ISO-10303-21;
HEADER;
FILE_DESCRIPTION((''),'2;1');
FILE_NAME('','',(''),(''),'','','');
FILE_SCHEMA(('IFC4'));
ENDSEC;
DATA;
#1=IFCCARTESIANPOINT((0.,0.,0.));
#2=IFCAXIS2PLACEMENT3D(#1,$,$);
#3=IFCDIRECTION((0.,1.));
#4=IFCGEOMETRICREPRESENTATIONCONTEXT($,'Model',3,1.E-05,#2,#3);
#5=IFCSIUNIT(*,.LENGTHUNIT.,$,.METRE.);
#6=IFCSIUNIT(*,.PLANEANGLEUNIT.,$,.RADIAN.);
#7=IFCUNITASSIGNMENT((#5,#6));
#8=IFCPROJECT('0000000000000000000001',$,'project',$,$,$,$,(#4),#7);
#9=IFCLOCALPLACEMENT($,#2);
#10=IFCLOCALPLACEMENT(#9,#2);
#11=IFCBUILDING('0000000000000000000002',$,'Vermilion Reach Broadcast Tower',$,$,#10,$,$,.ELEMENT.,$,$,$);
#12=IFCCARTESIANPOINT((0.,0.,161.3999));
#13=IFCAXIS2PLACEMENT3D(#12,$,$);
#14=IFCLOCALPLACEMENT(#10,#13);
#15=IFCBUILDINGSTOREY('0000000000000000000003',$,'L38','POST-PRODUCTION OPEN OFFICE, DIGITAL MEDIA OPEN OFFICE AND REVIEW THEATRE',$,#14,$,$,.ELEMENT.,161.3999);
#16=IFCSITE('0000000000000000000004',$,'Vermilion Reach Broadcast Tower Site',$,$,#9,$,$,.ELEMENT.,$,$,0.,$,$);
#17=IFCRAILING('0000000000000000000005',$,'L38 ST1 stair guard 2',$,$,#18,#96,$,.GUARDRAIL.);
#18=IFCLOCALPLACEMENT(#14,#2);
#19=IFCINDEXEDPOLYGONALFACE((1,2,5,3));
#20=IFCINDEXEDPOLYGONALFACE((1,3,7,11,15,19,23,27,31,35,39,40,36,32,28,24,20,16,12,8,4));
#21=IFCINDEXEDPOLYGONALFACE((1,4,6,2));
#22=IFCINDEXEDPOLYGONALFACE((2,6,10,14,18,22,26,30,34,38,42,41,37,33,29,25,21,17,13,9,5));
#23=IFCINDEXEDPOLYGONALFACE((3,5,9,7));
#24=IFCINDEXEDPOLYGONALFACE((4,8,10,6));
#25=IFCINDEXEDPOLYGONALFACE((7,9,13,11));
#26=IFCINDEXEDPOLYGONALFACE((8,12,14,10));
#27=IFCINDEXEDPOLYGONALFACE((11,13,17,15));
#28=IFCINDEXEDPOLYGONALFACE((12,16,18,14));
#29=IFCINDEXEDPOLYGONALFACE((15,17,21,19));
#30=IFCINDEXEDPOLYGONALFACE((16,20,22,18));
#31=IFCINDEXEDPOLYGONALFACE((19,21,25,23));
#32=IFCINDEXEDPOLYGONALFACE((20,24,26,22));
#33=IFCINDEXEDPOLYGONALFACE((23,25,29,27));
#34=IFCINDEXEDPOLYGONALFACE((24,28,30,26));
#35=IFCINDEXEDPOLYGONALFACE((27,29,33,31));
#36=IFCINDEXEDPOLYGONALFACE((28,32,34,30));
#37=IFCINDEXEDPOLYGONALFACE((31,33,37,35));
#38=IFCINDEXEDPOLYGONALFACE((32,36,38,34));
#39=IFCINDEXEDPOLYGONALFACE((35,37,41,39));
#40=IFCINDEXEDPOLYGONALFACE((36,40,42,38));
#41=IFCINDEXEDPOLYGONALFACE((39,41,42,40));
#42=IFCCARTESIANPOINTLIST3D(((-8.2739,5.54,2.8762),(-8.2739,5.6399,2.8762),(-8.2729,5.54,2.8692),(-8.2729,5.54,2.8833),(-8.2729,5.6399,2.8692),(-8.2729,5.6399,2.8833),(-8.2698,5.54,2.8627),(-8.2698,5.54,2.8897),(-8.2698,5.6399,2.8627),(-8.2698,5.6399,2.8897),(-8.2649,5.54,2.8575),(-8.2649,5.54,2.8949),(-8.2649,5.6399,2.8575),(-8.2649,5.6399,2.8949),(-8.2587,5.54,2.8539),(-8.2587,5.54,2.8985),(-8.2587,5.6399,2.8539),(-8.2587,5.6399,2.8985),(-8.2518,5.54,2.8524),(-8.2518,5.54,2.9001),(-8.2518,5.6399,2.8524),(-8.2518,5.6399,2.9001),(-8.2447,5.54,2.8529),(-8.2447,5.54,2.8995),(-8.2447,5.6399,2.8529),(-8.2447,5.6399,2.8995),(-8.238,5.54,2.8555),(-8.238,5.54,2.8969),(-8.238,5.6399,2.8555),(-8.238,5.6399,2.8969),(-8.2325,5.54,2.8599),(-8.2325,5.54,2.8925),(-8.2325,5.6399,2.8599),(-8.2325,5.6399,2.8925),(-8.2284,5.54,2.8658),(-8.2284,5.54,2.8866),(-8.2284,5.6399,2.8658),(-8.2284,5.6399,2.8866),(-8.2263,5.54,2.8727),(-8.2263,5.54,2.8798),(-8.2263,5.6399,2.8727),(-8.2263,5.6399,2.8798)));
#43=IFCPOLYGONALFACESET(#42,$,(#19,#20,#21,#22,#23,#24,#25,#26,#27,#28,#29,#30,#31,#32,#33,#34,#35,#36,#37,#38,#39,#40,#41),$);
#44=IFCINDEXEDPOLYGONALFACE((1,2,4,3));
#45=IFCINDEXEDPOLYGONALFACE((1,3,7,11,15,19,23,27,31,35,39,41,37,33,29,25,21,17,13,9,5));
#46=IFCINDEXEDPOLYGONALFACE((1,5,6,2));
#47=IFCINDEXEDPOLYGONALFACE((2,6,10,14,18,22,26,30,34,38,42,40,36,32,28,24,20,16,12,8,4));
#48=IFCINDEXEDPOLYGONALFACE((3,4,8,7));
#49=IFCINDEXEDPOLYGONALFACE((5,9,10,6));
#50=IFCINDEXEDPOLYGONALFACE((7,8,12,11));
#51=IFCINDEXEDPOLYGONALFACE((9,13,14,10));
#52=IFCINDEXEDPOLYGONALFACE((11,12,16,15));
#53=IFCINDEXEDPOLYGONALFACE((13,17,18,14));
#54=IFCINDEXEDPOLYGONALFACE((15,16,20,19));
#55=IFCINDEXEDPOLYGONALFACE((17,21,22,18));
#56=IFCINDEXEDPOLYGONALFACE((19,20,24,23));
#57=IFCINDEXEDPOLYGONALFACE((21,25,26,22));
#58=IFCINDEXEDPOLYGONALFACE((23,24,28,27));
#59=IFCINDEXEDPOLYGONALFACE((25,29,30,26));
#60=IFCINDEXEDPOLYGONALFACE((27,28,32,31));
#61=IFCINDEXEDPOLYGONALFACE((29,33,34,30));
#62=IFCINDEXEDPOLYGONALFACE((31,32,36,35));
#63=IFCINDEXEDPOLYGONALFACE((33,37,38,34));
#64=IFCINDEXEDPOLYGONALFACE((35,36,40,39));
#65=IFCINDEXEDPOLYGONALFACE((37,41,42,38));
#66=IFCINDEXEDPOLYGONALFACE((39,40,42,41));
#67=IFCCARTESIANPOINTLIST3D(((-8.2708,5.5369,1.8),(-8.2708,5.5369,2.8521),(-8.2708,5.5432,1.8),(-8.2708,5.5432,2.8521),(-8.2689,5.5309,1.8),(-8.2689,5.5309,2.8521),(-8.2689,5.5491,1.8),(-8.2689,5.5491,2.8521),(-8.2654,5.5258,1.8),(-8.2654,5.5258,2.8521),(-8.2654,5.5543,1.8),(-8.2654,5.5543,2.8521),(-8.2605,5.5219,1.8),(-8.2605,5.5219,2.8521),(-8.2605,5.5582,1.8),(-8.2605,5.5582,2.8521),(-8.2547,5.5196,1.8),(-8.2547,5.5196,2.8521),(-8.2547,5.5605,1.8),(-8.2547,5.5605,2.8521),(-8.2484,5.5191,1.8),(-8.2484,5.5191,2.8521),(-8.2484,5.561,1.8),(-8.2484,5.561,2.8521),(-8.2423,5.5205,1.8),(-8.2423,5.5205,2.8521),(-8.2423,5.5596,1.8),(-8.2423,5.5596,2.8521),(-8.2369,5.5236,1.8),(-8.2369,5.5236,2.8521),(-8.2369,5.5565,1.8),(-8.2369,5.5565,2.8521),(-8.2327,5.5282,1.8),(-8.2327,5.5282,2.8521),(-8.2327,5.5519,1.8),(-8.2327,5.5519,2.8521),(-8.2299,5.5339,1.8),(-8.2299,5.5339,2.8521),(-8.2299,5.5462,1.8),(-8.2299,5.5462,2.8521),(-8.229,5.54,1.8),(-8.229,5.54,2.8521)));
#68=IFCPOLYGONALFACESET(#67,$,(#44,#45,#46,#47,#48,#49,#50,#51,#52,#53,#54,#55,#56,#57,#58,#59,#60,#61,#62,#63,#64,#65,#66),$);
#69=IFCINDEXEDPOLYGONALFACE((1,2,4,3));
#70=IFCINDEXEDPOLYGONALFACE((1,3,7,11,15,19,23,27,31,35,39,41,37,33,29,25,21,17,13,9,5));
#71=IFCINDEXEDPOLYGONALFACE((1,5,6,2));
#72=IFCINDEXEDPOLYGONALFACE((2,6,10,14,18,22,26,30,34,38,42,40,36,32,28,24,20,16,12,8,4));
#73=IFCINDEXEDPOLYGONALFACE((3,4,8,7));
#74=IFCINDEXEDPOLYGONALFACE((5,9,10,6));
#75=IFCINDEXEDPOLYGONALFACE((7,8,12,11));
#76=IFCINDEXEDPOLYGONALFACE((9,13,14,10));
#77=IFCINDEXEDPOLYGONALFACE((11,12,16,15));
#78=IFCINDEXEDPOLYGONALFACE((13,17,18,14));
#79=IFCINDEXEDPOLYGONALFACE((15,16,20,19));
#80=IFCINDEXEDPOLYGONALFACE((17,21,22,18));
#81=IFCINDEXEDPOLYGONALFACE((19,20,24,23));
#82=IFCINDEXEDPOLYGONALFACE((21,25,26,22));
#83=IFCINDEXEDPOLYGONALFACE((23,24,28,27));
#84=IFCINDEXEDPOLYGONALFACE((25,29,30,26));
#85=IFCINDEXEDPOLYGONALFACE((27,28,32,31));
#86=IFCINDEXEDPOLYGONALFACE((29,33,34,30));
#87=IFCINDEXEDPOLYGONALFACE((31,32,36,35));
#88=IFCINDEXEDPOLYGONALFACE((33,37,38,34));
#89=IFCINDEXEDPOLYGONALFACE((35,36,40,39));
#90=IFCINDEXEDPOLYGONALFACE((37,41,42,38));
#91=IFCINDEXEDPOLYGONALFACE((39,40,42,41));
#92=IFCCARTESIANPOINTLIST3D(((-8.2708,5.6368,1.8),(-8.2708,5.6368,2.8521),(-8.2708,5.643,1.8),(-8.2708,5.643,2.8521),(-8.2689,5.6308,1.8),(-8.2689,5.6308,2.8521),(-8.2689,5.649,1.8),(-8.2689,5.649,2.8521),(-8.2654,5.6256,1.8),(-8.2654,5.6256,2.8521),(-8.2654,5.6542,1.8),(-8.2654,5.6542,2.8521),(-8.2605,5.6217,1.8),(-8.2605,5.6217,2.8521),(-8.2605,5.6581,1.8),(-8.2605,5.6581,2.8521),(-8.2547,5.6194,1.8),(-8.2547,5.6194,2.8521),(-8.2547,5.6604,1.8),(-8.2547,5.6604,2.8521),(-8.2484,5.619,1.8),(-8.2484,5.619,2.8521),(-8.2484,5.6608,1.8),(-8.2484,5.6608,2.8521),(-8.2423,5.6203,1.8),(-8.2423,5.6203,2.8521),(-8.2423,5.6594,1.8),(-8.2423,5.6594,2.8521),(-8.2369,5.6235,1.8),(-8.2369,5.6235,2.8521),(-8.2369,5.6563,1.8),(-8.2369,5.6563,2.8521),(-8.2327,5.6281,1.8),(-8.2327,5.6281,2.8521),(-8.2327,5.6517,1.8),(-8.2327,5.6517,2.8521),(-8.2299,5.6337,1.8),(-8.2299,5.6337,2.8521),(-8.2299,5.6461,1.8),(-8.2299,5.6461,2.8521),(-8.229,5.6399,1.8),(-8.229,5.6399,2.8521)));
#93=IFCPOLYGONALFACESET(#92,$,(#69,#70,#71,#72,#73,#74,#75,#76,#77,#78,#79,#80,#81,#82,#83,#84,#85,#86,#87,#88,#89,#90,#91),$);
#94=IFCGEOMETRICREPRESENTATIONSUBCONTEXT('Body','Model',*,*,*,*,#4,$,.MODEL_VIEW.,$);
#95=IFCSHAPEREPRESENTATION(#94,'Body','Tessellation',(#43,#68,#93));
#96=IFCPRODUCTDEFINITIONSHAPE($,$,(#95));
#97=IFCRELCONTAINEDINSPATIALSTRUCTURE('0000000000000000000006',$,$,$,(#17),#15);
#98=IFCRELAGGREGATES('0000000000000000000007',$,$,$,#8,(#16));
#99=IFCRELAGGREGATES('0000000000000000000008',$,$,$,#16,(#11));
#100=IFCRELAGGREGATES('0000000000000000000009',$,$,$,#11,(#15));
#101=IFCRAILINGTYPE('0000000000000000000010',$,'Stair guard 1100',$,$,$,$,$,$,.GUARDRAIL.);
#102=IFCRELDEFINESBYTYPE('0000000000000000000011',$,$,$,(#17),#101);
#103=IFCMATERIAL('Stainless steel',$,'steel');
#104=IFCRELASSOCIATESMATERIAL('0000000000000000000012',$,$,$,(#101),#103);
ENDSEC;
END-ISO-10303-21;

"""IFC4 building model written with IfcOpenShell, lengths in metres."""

from ifc_helpers import new_model, si_unit, direction, frame, origin, origin_2d, place, context, subcontext, project, spatial, circle, extrude, material, type_object, element, save


model = new_model("IFC4")

# Units and contexts
model_context = context("Model", 3, precision=1e-05, world=origin(), true_north=direction((0.0, 1.0)))
body_context = subcontext(model_context, "Body", "Model", "MODEL_VIEW")
ifc_project = project(units=[si_unit("LENGTHUNIT", "METRE"), si_unit("PLANEANGLEUNIT", "RADIAN")], contexts=[model_context])

# Site, building, storey
site_placement = place(None, origin())
site = spatial("IfcSite", under=ifc_project, at=site_placement, Name="Vermilion Reach Broadcast Tower Site", CompositionType="ELEMENT", RefElevation=0.0)
building_placement = place(site_placement, origin())
building = spatial("IfcBuilding", under=site, at=building_placement, Name="Vermilion Reach Broadcast Tower", CompositionType="ELEMENT")
storey_placement = place(building_placement, frame((0.0, 0.0, 161.3999)))
storey = spatial("IfcBuildingStorey", under=building, at=storey_placement, Name="L38", Description="POST-PRODUCTION OPEN OFFICE, DIGITAL MEDIA OPEN OFFICE AND REVIEW THEATRE", CompositionType="ELEMENT", Elevation=161.3999)

# Railing
ifc_material_1 = material(Name="Stainless steel", Category="steel")
railing_type_1 = type_object("IfcRailingType", Name="Stair guard 1100", PredefinedType="GUARDRAIL", material=ifc_material_1)
railing_1_placement = place(storey_placement, frame((-8.25, 5.54, 1.8)))
element("IfcRailing", 1, at=railing_1_placement, inside=storey, type_object=railing_type_1, Name="L38 ST1 stair guard 2", PredefinedType="GUARDRAIL", context=body_context, shape_type="SweptSolid", body=[
    extrude(circle(Radius=0.0239, at=origin_2d()), frame((0.0, 0.0, 1.0762), z_axis=(0.0, 1.0, 0.0), x_axis=(-1.0, 0.0, 0.0)), (0.0, 0.0, 1.0), 0.0999),
    extrude(circle(Radius=0.021, at=origin_2d()), origin(), (0.0, 0.0, 1.0), 1.052),
    extrude(circle(Radius=0.021, at=origin_2d()), frame((0.0, 0.0999, 0.0)), (0.0, 0.0, 1.0), 1.052),
])

save(model, "model.ifc")
